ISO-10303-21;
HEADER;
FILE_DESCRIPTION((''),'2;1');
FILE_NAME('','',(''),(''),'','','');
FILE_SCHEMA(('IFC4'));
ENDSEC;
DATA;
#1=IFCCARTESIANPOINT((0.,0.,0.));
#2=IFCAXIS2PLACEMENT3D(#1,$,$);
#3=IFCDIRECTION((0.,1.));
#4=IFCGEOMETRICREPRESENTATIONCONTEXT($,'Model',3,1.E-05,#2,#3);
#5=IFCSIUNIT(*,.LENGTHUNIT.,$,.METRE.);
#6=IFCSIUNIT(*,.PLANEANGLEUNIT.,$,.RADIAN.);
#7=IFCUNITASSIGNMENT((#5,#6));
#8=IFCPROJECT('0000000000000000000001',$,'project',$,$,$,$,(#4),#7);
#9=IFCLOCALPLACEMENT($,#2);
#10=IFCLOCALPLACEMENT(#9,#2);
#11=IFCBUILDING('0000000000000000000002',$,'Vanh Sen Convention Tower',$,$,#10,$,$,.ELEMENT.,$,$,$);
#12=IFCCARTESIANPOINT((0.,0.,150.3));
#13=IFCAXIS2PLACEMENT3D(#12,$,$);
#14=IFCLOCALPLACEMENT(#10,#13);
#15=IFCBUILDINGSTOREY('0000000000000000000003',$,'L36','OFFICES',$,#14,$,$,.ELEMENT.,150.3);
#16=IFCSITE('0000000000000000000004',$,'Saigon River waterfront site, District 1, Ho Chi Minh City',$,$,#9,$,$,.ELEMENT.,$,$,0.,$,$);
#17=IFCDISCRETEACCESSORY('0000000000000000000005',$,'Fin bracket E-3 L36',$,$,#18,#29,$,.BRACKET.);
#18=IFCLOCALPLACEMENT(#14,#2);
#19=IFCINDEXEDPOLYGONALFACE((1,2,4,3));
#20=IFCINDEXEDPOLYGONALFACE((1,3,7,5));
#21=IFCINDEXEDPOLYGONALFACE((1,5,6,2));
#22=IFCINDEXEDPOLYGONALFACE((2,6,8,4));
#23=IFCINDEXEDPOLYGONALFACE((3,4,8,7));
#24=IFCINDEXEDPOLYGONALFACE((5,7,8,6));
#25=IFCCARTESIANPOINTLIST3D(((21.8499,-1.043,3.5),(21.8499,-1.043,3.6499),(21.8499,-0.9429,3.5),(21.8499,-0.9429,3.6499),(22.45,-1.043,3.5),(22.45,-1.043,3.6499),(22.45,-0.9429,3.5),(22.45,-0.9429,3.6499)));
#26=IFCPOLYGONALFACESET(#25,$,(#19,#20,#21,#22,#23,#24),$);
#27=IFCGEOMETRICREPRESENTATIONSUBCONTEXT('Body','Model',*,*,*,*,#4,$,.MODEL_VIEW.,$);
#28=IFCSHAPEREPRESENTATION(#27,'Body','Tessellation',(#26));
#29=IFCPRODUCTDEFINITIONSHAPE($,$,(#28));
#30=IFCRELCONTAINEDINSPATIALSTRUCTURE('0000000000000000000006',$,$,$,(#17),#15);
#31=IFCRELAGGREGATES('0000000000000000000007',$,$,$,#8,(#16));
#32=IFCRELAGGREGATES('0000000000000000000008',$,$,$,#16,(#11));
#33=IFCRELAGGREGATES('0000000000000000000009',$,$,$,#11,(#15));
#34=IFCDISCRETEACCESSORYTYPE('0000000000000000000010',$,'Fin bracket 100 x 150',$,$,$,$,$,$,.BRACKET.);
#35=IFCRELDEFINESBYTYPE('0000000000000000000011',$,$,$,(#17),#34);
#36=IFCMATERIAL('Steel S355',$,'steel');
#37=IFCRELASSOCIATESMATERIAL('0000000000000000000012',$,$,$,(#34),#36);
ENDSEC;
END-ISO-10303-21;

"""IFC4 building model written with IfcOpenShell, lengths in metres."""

from ifc_helpers import new_model, si_unit, direction, frame, origin, origin_2d, place, context, subcontext, project, spatial, rectangle, extrude, material, type_object, element, save


model = new_model("IFC4")

# Units and contexts
model_context = context("Model", 3, precision=1e-05, world=origin(), true_north=direction((0.0, 1.0)))
body_context = subcontext(model_context, "Body", "Model", "MODEL_VIEW")
ifc_project = project(units=[si_unit("LENGTHUNIT", "METRE"), si_unit("PLANEANGLEUNIT", "RADIAN")], contexts=[model_context])

# Site, building, storey
site_placement = place(None, origin())
site = spatial("IfcSite", under=ifc_project, at=site_placement, Name="Saigon River waterfront site, District 1, Ho Chi Minh City", CompositionType="ELEMENT", RefElevation=0.0)
building_placement = place(site_placement, origin())
building = spatial("IfcBuilding", under=site, at=building_placement, Name="Vanh Sen Convention Tower", CompositionType="ELEMENT")
storey_placement = place(building_placement, frame((0.0, 0.0, 150.3)))
storey = spatial("IfcBuildingStorey", under=building, at=storey_placement, Name="L36", Description="OFFICES", CompositionType="ELEMENT", Elevation=150.3)

# Discrete accessory
ifc_material_1 = material(Name="Steel S355", Category="steel")
discrete_accessory_type = type_object("IfcDiscreteAccessoryType", Name="Fin bracket 100 x 150", PredefinedType="BRACKET", material=ifc_material_1)
for number, where, z_axis, x_axis, name in (
    (1, (22.1499, -0.9929, 3.5), (0.0, 0.0, 1.0), (1.0, 0.0, 0.0), "Fin bracket E-3 L36"),
):
    element("IfcDiscreteAccessory", number, at=place(storey_placement, frame(where, z_axis=z_axis, x_axis=x_axis)), inside=storey, type_object=discrete_accessory_type, Name=name, PredefinedType="BRACKET", context=body_context, shape_type="SweptSolid", body=[
        extrude(rectangle(XDim=0.6001, YDim=0.1001, at=origin_2d()), origin(), (0.0, 0.0, 1.0), 0.1499),
    ])

save(model, "model.ifc")
